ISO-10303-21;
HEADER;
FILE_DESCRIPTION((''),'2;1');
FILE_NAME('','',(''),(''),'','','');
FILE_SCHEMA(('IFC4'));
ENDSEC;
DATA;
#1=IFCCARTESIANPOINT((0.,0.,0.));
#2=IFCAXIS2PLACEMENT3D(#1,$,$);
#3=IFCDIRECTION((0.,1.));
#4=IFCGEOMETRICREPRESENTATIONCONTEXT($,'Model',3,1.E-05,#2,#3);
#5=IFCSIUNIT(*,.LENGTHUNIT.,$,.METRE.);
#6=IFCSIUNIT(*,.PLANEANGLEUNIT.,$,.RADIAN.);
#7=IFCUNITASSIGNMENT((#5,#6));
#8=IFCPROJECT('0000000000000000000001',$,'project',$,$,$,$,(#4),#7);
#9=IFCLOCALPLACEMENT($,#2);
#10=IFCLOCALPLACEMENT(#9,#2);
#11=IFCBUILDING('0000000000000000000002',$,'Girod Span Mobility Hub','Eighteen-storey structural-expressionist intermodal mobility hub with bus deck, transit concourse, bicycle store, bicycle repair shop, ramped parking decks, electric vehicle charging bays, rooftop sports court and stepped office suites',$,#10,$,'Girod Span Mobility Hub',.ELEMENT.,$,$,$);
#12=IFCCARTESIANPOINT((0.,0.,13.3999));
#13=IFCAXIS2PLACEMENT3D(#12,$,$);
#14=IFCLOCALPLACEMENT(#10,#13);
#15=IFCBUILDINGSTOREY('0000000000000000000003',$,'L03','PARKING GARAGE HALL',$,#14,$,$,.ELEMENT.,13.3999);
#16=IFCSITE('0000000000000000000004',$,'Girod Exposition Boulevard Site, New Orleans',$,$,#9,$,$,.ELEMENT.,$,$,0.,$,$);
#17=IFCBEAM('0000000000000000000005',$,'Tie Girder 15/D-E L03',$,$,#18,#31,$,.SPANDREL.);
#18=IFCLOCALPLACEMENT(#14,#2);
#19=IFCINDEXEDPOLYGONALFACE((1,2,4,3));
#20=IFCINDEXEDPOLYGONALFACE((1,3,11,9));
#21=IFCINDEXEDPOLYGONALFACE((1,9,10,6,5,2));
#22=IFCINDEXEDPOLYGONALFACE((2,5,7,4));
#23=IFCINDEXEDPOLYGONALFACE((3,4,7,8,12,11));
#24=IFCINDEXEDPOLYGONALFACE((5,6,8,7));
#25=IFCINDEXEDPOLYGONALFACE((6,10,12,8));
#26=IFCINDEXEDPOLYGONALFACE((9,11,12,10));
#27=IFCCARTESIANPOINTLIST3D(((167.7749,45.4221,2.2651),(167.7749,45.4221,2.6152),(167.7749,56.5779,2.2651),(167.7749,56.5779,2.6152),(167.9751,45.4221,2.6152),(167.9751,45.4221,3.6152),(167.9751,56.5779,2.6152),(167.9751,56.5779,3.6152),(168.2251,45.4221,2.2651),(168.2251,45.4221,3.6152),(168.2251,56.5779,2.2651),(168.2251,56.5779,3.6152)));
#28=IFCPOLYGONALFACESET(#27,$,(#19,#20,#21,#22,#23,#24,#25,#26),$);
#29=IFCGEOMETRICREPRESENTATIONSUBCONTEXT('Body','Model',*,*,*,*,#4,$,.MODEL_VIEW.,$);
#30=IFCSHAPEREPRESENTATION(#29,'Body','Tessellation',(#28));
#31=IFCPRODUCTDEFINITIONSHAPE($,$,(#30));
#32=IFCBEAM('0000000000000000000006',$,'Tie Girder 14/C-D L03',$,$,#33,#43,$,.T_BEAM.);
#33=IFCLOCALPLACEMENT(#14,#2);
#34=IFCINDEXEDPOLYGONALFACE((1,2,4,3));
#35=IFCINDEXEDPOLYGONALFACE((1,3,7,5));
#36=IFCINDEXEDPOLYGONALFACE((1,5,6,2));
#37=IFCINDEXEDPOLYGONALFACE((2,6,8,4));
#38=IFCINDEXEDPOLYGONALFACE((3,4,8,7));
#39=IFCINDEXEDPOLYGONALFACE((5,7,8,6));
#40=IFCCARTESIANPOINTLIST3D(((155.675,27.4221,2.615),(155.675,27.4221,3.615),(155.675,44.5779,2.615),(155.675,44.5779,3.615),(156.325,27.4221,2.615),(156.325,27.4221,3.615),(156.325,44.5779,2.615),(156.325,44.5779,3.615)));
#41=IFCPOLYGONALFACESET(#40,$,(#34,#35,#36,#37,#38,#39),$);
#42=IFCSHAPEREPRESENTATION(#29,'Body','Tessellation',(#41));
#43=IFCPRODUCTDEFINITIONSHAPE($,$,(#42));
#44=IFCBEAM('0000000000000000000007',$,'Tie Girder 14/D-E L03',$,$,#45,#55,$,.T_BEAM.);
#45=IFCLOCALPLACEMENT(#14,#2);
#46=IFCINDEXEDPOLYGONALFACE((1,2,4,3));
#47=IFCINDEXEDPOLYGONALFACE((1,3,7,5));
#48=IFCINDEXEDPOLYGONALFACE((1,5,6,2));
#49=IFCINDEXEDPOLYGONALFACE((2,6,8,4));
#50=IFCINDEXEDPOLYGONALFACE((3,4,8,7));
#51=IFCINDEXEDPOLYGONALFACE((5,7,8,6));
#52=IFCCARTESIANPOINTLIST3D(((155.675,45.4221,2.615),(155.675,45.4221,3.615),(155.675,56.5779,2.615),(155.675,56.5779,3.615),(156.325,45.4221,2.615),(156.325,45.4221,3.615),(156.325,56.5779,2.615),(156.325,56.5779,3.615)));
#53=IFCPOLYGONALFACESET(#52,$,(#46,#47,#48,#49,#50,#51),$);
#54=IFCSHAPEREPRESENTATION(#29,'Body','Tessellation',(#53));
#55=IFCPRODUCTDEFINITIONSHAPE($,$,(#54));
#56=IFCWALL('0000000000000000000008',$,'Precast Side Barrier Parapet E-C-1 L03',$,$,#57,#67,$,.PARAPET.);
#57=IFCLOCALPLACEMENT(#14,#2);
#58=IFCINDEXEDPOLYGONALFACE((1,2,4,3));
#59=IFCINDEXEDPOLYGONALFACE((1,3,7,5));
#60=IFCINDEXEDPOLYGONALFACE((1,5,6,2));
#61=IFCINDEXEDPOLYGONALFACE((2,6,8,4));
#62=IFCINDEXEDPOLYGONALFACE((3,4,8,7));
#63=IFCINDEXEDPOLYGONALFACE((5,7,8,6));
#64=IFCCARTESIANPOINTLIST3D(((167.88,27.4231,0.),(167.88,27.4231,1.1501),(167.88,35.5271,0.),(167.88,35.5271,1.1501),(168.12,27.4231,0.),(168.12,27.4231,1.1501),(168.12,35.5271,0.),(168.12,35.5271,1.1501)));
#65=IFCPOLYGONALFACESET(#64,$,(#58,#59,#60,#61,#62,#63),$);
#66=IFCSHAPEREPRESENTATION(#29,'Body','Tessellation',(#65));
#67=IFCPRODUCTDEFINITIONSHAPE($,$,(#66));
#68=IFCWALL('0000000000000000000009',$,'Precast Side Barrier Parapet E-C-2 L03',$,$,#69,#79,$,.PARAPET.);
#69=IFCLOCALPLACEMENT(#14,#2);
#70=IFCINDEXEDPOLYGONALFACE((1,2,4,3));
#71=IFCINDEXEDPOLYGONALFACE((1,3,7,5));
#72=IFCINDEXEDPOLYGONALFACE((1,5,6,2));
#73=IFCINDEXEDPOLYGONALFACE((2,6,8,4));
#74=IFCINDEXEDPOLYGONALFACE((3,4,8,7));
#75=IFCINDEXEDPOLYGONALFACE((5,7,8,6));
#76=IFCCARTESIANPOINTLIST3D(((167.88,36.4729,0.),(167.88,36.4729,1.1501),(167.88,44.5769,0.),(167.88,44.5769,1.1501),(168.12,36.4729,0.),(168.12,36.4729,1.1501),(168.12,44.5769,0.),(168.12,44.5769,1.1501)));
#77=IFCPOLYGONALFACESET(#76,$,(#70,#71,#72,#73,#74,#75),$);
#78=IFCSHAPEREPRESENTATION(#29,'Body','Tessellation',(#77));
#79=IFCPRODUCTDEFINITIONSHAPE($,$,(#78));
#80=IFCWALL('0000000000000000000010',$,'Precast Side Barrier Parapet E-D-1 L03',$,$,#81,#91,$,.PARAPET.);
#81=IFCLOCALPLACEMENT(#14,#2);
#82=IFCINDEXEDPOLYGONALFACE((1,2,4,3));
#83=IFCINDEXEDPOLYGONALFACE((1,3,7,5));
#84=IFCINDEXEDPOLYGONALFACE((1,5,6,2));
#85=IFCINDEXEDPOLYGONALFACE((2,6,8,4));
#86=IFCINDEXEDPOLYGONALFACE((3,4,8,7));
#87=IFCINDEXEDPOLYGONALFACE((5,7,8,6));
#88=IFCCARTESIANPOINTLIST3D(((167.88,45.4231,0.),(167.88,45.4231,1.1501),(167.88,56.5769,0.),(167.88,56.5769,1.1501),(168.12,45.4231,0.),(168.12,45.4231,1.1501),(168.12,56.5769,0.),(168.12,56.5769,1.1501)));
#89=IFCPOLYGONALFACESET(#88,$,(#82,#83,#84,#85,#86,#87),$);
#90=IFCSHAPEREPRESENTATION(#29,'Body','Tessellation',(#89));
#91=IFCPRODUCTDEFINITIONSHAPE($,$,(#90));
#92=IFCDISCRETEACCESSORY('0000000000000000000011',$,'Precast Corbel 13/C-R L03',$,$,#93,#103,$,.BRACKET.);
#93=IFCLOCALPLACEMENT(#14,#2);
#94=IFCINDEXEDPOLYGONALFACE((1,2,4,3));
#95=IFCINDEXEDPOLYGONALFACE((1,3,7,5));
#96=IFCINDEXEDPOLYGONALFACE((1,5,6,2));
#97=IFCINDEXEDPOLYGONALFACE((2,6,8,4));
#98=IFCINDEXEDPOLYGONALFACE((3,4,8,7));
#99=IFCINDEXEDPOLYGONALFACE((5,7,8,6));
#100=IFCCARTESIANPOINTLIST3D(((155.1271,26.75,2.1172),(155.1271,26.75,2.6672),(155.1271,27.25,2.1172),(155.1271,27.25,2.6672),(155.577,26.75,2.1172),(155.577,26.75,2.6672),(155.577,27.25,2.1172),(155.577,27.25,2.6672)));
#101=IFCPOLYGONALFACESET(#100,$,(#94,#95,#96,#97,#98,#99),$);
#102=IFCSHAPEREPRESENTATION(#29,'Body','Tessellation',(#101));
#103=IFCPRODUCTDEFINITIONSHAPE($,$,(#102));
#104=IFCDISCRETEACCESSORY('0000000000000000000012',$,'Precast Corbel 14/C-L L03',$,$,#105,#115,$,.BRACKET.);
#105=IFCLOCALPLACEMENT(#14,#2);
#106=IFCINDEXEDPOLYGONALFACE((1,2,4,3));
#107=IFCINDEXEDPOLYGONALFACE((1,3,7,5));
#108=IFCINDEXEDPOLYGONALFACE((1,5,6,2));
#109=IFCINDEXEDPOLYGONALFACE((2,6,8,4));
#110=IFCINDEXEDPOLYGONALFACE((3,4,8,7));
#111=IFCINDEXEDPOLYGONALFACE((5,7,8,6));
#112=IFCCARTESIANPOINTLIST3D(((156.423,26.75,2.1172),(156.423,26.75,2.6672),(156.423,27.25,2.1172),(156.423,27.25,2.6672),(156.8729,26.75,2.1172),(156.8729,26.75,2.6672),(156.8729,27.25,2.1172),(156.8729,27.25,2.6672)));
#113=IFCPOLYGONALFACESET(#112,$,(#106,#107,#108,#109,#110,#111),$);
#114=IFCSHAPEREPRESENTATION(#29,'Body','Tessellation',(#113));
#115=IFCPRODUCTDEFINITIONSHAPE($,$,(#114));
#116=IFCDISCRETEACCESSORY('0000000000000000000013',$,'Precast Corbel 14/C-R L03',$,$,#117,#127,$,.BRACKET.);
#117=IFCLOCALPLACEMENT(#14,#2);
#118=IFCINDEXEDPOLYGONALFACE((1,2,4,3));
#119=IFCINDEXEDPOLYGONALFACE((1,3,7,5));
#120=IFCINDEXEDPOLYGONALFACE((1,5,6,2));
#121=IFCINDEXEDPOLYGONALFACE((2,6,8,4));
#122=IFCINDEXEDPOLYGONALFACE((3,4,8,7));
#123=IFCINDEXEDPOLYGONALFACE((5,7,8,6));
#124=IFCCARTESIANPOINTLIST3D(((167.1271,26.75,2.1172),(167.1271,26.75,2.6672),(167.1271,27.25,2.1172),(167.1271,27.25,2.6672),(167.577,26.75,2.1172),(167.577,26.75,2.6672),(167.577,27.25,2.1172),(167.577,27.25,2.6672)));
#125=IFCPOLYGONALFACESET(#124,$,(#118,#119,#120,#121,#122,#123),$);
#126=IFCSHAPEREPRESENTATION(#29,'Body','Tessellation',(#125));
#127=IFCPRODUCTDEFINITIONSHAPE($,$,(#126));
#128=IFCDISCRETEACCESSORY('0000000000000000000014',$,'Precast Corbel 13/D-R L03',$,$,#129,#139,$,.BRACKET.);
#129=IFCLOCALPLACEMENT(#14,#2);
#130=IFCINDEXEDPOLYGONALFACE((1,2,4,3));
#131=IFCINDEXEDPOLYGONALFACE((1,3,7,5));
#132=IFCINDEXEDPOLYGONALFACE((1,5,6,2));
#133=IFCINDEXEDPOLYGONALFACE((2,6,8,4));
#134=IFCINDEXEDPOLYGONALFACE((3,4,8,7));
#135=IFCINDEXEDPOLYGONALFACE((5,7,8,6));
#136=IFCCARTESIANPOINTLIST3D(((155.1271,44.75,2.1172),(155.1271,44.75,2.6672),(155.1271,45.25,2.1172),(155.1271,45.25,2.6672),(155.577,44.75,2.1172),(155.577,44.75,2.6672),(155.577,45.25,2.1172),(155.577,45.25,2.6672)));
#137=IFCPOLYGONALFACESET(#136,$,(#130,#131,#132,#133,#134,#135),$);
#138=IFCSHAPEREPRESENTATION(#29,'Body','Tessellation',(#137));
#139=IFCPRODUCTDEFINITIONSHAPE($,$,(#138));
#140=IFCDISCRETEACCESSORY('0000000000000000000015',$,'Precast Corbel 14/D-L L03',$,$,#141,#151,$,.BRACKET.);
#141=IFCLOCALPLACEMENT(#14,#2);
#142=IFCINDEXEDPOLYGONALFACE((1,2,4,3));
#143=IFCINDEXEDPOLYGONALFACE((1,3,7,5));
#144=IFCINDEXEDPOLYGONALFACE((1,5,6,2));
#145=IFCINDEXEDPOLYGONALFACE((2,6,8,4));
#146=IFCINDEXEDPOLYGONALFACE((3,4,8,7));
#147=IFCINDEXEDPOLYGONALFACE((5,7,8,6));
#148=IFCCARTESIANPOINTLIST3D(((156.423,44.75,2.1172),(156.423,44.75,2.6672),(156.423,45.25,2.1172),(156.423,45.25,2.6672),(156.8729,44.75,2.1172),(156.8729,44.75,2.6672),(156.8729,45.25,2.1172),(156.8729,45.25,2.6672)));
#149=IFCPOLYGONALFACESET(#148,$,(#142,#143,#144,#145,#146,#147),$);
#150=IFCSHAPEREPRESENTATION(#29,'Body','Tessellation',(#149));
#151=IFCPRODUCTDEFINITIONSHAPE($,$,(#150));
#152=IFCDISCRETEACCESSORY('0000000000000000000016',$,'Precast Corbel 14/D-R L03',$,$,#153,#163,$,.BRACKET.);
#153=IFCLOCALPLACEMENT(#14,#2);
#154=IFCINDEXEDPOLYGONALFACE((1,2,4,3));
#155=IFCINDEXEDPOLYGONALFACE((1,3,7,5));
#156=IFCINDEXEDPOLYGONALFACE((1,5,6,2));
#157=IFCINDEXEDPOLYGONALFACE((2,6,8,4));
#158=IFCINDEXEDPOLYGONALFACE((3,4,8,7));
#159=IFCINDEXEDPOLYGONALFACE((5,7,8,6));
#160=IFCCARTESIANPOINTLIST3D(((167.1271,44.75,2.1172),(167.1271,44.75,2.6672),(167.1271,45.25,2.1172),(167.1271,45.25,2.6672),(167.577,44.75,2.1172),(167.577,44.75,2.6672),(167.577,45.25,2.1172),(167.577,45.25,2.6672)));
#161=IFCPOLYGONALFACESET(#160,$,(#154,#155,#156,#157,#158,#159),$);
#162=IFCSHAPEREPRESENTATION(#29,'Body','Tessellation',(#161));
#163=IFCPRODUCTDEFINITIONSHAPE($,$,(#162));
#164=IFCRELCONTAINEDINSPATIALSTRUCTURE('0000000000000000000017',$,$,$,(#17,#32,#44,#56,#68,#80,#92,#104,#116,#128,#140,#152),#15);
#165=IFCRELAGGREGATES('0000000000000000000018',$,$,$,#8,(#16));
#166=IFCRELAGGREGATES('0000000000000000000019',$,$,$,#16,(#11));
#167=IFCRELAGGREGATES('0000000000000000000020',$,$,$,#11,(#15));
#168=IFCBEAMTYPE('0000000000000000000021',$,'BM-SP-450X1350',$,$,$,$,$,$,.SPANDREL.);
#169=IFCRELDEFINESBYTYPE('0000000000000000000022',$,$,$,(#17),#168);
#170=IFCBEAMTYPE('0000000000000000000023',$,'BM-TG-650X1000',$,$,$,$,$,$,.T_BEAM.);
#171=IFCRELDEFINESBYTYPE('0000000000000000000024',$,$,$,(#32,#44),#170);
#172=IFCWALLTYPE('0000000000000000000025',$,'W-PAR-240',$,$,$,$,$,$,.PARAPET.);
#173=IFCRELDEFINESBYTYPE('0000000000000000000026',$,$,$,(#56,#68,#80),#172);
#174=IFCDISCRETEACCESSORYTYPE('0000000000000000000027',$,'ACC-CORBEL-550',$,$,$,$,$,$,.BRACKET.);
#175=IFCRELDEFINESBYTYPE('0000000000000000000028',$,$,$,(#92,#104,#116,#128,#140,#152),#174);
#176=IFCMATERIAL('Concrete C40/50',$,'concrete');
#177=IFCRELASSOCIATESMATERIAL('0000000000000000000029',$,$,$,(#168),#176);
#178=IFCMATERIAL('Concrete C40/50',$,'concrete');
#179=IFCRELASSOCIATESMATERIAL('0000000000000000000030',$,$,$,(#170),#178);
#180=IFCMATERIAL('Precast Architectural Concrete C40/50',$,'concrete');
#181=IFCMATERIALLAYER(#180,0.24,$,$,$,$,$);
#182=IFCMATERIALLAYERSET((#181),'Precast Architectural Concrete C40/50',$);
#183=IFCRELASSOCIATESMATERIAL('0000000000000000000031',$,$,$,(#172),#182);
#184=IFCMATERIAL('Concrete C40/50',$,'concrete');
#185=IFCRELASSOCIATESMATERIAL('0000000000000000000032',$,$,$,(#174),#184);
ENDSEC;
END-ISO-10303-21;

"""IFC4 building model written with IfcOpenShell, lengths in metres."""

from ifc_helpers import new_model, si_unit, direction, frame, frame_2d, origin, origin_2d, place, context, subcontext, project, spatial, polyline, rectangle, outline, extrude, material, layer, layer_set, material_profile, profile_set, type_object, element, save


model = new_model("IFC4")

# Units and contexts
model_context = context("Model", 3, precision=1e-05, world=origin(), true_north=direction((0.0, 1.0)))
body_context = subcontext(model_context, "Body", "Model", "MODEL_VIEW")
ifc_project = project(units=[si_unit("LENGTHUNIT", "METRE"), si_unit("PLANEANGLEUNIT", "RADIAN")], contexts=[model_context])

# Site, building, storey
site_placement = place(None, origin())
site = spatial("IfcSite", under=ifc_project, at=site_placement, Name="Girod Exposition Boulevard Site, New Orleans", CompositionType="ELEMENT", RefElevation=0.0)
building_placement = place(site_placement, origin())
building = spatial("IfcBuilding", under=site, at=building_placement, Name="Girod Span Mobility Hub", Description="Eighteen-storey structural-expressionist intermodal mobility hub with bus deck, transit concourse, bicycle store, bicycle repair shop, ramped parking decks, electric vehicle charging bays, rooftop sports court and stepped office suites", LongName="Girod Span Mobility Hub", CompositionType="ELEMENT")
storey_placement = place(building_placement, frame((0.0, 0.0, 13.3999)))
storey = spatial("IfcBuildingStorey", under=building, at=storey_placement, Name="L03", Description="PARKING GARAGE HALL", CompositionType="ELEMENT", Elevation=13.3999)

# Beams
ifc_material_1 = material(Name="Concrete C40/50", Category="concrete")
ifc_material_profile_1 = material_profile(ifc_material_1, outline(polyline([(-0.2251, -0.675), (0.2251, -0.675), (0.2251, -0.325), (0.0249, -0.325), (0.0249, 0.675), (-0.2251, 0.675), (-0.2251, -0.675)])), Name="SP-450X1350")
ifc_profile_set_1 = profile_set([ifc_material_profile_1], Name="Concrete C40/50")
beam_type_1 = type_object("IfcBeamType", Name="BM-SP-450X1350", PredefinedType="SPANDREL", material=ifc_profile_set_1)
beam_1_placement = place(storey_placement, frame((168.0, 45.4221, 2.9402), z_axis=(0.0, 1.0, 0.0), x_axis=(-1.0, 0.0, 0.0)))
element("IfcBeam", 1, at=beam_1_placement, inside=storey, type_object=beam_type_1, Name="Tie Girder 15/D-E L03", PredefinedType="SPANDREL", context=body_context, shape_type="SweptSolid", body=[
    extrude(outline(polyline([(-0.2251, -0.675), (0.2251, -0.675), (0.2251, -0.325), (0.0249, -0.325), (0.0249, 0.675), (-0.2251, 0.675), (-0.2251, -0.675)])), origin(), (0.0, 0.0, 1.0), 11.1558),
])
ifc_material_2 = material(Name="Concrete C40/50", Category="concrete")
ifc_material_profile_2 = material_profile(ifc_material_2, rectangle(XDim=0.6499, YDim=1.0, at=origin_2d()), Name="TG-650X1000")
ifc_profile_set_2 = profile_set([ifc_material_profile_2], Name="Concrete C40/50")
beam_type_2 = type_object("IfcBeamType", Name="BM-TG-650X1000", PredefinedType="T_BEAM", material=ifc_profile_set_2)
beam_2_placement = place(storey_placement, frame((156.0, 27.4221, 3.115), z_axis=(0.0, 1.0, 0.0), x_axis=(-1.0, 0.0, 0.0)))
element("IfcBeam", 2, at=beam_2_placement, inside=storey, type_object=beam_type_2, Name="Tie Girder 14/C-D L03", PredefinedType="T_BEAM", context=body_context, shape_type="SweptSolid", body=[
    extrude(rectangle(XDim=0.6499, YDim=1.0, at=origin_2d()), origin(), (0.0, 0.0, 1.0), 17.1558),
])
beam_3_placement = place(storey_placement, frame((156.0, 45.4221, 3.115), z_axis=(0.0, 1.0, 0.0), x_axis=(-1.0, 0.0, 0.0)))
element("IfcBeam", 3, at=beam_3_placement, inside=storey, type_object=beam_type_2, Name="Tie Girder 14/D-E L03", PredefinedType="T_BEAM", context=body_context, shape_type="SweptSolid", body=[
    extrude(rectangle(XDim=0.6499, YDim=1.0, at=origin_2d()), origin(), (0.0, 0.0, 1.0), 11.1558),
])

# Walls
ifc_material_3 = material(Name="Precast Architectural Concrete C40/50", Category="concrete")
ifc_layer = layer(ifc_material_3, 0.24)
ifc_layer_set = layer_set([ifc_layer], Name="Precast Architectural Concrete C40/50")
wall_type = type_object("IfcWallType", Name="W-PAR-240", PredefinedType="PARAPET", material=ifc_layer_set)
for number, where, z_axis, x_axis, name in (
    (4, (168.0, 27.4231, 0.0), (0.0, 0.0, 1.0), (0.0, 1.0, 0.0), "Precast Side Barrier Parapet E-C-1 L03"),
    (5, (168.0, 36.4729, 0.0), (0.0, 0.0, 1.0), (0.0, 1.0, 0.0), "Precast Side Barrier Parapet E-C-2 L03"),
):
    element("IfcWall", number, at=place(storey_placement, frame(where, z_axis=z_axis, x_axis=x_axis)), inside=storey, type_object=wall_type, Name=name, PredefinedType="PARAPET", context=body_context, shape_type="SweptSolid", body=[
        extrude(rectangle(XDim=8.104, YDim=0.24, at=frame_2d((4.052, 0.0))), origin(), (0.0, 0.0, 1.0), 1.1501),
    ])
wall_placement = place(storey_placement, frame((168.0, 45.4231, 0.0), z_axis=(0.0, 0.0, 1.0), x_axis=(0.0, 1.0, 0.0)))
element("IfcWall", 6, at=wall_placement, inside=storey, type_object=wall_type, Name="Precast Side Barrier Parapet E-D-1 L03", PredefinedType="PARAPET", context=body_context, shape_type="SweptSolid", body=[
    extrude(rectangle(XDim=11.1538, YDim=0.24, at=frame_2d((5.5769, 0.0))), origin(), (0.0, 0.0, 1.0), 1.1501),
])

# Discrete accessories
ifc_material_4 = material(Name="Concrete C40/50", Category="concrete")
discrete_accessory_type = type_object("IfcDiscreteAccessoryType", Name="ACC-CORBEL-550", PredefinedType="BRACKET", material=ifc_material_4)
for number, where, z_axis, x_axis, name in (
    (7, (155.3521, 27.0, 2.1172), (0.0, 0.0, 1.0), (1.0, 0.0, 0.0), "Precast Corbel 13/C-R L03"),
    (8, (156.6479, 27.0, 2.1172), (0.0, 0.0, 1.0), (1.0, 0.0, 0.0), "Precast Corbel 14/C-L L03"),
    (9, (167.3521, 27.0, 2.1172), (0.0, 0.0, 1.0), (1.0, 0.0, 0.0), "Precast Corbel 14/C-R L03"),
    (10, (155.3521, 45.0, 2.1172), (0.0, 0.0, 1.0), (1.0, 0.0, 0.0), "Precast Corbel 13/D-R L03"),
    (11, (156.6479, 45.0, 2.1172), (0.0, 0.0, 1.0), (1.0, 0.0, 0.0), "Precast Corbel 14/D-L L03"),
    (12, (167.3521, 45.0, 2.1172), (0.0, 0.0, 1.0), (1.0, 0.0, 0.0), "Precast Corbel 14/D-R L03"),
):
    element("IfcDiscreteAccessory", number, at=place(storey_placement, frame(where, z_axis=z_axis, x_axis=x_axis)), inside=storey, type_object=discrete_accessory_type, Name=name, PredefinedType="BRACKET", context=body_context, shape_type="SweptSolid", body=[
        extrude(rectangle(XDim=0.45, YDim=0.5, at=origin_2d()), origin(), (0.0, 0.0, 1.0), 0.55),
    ])

save(model, "model.ifc")
